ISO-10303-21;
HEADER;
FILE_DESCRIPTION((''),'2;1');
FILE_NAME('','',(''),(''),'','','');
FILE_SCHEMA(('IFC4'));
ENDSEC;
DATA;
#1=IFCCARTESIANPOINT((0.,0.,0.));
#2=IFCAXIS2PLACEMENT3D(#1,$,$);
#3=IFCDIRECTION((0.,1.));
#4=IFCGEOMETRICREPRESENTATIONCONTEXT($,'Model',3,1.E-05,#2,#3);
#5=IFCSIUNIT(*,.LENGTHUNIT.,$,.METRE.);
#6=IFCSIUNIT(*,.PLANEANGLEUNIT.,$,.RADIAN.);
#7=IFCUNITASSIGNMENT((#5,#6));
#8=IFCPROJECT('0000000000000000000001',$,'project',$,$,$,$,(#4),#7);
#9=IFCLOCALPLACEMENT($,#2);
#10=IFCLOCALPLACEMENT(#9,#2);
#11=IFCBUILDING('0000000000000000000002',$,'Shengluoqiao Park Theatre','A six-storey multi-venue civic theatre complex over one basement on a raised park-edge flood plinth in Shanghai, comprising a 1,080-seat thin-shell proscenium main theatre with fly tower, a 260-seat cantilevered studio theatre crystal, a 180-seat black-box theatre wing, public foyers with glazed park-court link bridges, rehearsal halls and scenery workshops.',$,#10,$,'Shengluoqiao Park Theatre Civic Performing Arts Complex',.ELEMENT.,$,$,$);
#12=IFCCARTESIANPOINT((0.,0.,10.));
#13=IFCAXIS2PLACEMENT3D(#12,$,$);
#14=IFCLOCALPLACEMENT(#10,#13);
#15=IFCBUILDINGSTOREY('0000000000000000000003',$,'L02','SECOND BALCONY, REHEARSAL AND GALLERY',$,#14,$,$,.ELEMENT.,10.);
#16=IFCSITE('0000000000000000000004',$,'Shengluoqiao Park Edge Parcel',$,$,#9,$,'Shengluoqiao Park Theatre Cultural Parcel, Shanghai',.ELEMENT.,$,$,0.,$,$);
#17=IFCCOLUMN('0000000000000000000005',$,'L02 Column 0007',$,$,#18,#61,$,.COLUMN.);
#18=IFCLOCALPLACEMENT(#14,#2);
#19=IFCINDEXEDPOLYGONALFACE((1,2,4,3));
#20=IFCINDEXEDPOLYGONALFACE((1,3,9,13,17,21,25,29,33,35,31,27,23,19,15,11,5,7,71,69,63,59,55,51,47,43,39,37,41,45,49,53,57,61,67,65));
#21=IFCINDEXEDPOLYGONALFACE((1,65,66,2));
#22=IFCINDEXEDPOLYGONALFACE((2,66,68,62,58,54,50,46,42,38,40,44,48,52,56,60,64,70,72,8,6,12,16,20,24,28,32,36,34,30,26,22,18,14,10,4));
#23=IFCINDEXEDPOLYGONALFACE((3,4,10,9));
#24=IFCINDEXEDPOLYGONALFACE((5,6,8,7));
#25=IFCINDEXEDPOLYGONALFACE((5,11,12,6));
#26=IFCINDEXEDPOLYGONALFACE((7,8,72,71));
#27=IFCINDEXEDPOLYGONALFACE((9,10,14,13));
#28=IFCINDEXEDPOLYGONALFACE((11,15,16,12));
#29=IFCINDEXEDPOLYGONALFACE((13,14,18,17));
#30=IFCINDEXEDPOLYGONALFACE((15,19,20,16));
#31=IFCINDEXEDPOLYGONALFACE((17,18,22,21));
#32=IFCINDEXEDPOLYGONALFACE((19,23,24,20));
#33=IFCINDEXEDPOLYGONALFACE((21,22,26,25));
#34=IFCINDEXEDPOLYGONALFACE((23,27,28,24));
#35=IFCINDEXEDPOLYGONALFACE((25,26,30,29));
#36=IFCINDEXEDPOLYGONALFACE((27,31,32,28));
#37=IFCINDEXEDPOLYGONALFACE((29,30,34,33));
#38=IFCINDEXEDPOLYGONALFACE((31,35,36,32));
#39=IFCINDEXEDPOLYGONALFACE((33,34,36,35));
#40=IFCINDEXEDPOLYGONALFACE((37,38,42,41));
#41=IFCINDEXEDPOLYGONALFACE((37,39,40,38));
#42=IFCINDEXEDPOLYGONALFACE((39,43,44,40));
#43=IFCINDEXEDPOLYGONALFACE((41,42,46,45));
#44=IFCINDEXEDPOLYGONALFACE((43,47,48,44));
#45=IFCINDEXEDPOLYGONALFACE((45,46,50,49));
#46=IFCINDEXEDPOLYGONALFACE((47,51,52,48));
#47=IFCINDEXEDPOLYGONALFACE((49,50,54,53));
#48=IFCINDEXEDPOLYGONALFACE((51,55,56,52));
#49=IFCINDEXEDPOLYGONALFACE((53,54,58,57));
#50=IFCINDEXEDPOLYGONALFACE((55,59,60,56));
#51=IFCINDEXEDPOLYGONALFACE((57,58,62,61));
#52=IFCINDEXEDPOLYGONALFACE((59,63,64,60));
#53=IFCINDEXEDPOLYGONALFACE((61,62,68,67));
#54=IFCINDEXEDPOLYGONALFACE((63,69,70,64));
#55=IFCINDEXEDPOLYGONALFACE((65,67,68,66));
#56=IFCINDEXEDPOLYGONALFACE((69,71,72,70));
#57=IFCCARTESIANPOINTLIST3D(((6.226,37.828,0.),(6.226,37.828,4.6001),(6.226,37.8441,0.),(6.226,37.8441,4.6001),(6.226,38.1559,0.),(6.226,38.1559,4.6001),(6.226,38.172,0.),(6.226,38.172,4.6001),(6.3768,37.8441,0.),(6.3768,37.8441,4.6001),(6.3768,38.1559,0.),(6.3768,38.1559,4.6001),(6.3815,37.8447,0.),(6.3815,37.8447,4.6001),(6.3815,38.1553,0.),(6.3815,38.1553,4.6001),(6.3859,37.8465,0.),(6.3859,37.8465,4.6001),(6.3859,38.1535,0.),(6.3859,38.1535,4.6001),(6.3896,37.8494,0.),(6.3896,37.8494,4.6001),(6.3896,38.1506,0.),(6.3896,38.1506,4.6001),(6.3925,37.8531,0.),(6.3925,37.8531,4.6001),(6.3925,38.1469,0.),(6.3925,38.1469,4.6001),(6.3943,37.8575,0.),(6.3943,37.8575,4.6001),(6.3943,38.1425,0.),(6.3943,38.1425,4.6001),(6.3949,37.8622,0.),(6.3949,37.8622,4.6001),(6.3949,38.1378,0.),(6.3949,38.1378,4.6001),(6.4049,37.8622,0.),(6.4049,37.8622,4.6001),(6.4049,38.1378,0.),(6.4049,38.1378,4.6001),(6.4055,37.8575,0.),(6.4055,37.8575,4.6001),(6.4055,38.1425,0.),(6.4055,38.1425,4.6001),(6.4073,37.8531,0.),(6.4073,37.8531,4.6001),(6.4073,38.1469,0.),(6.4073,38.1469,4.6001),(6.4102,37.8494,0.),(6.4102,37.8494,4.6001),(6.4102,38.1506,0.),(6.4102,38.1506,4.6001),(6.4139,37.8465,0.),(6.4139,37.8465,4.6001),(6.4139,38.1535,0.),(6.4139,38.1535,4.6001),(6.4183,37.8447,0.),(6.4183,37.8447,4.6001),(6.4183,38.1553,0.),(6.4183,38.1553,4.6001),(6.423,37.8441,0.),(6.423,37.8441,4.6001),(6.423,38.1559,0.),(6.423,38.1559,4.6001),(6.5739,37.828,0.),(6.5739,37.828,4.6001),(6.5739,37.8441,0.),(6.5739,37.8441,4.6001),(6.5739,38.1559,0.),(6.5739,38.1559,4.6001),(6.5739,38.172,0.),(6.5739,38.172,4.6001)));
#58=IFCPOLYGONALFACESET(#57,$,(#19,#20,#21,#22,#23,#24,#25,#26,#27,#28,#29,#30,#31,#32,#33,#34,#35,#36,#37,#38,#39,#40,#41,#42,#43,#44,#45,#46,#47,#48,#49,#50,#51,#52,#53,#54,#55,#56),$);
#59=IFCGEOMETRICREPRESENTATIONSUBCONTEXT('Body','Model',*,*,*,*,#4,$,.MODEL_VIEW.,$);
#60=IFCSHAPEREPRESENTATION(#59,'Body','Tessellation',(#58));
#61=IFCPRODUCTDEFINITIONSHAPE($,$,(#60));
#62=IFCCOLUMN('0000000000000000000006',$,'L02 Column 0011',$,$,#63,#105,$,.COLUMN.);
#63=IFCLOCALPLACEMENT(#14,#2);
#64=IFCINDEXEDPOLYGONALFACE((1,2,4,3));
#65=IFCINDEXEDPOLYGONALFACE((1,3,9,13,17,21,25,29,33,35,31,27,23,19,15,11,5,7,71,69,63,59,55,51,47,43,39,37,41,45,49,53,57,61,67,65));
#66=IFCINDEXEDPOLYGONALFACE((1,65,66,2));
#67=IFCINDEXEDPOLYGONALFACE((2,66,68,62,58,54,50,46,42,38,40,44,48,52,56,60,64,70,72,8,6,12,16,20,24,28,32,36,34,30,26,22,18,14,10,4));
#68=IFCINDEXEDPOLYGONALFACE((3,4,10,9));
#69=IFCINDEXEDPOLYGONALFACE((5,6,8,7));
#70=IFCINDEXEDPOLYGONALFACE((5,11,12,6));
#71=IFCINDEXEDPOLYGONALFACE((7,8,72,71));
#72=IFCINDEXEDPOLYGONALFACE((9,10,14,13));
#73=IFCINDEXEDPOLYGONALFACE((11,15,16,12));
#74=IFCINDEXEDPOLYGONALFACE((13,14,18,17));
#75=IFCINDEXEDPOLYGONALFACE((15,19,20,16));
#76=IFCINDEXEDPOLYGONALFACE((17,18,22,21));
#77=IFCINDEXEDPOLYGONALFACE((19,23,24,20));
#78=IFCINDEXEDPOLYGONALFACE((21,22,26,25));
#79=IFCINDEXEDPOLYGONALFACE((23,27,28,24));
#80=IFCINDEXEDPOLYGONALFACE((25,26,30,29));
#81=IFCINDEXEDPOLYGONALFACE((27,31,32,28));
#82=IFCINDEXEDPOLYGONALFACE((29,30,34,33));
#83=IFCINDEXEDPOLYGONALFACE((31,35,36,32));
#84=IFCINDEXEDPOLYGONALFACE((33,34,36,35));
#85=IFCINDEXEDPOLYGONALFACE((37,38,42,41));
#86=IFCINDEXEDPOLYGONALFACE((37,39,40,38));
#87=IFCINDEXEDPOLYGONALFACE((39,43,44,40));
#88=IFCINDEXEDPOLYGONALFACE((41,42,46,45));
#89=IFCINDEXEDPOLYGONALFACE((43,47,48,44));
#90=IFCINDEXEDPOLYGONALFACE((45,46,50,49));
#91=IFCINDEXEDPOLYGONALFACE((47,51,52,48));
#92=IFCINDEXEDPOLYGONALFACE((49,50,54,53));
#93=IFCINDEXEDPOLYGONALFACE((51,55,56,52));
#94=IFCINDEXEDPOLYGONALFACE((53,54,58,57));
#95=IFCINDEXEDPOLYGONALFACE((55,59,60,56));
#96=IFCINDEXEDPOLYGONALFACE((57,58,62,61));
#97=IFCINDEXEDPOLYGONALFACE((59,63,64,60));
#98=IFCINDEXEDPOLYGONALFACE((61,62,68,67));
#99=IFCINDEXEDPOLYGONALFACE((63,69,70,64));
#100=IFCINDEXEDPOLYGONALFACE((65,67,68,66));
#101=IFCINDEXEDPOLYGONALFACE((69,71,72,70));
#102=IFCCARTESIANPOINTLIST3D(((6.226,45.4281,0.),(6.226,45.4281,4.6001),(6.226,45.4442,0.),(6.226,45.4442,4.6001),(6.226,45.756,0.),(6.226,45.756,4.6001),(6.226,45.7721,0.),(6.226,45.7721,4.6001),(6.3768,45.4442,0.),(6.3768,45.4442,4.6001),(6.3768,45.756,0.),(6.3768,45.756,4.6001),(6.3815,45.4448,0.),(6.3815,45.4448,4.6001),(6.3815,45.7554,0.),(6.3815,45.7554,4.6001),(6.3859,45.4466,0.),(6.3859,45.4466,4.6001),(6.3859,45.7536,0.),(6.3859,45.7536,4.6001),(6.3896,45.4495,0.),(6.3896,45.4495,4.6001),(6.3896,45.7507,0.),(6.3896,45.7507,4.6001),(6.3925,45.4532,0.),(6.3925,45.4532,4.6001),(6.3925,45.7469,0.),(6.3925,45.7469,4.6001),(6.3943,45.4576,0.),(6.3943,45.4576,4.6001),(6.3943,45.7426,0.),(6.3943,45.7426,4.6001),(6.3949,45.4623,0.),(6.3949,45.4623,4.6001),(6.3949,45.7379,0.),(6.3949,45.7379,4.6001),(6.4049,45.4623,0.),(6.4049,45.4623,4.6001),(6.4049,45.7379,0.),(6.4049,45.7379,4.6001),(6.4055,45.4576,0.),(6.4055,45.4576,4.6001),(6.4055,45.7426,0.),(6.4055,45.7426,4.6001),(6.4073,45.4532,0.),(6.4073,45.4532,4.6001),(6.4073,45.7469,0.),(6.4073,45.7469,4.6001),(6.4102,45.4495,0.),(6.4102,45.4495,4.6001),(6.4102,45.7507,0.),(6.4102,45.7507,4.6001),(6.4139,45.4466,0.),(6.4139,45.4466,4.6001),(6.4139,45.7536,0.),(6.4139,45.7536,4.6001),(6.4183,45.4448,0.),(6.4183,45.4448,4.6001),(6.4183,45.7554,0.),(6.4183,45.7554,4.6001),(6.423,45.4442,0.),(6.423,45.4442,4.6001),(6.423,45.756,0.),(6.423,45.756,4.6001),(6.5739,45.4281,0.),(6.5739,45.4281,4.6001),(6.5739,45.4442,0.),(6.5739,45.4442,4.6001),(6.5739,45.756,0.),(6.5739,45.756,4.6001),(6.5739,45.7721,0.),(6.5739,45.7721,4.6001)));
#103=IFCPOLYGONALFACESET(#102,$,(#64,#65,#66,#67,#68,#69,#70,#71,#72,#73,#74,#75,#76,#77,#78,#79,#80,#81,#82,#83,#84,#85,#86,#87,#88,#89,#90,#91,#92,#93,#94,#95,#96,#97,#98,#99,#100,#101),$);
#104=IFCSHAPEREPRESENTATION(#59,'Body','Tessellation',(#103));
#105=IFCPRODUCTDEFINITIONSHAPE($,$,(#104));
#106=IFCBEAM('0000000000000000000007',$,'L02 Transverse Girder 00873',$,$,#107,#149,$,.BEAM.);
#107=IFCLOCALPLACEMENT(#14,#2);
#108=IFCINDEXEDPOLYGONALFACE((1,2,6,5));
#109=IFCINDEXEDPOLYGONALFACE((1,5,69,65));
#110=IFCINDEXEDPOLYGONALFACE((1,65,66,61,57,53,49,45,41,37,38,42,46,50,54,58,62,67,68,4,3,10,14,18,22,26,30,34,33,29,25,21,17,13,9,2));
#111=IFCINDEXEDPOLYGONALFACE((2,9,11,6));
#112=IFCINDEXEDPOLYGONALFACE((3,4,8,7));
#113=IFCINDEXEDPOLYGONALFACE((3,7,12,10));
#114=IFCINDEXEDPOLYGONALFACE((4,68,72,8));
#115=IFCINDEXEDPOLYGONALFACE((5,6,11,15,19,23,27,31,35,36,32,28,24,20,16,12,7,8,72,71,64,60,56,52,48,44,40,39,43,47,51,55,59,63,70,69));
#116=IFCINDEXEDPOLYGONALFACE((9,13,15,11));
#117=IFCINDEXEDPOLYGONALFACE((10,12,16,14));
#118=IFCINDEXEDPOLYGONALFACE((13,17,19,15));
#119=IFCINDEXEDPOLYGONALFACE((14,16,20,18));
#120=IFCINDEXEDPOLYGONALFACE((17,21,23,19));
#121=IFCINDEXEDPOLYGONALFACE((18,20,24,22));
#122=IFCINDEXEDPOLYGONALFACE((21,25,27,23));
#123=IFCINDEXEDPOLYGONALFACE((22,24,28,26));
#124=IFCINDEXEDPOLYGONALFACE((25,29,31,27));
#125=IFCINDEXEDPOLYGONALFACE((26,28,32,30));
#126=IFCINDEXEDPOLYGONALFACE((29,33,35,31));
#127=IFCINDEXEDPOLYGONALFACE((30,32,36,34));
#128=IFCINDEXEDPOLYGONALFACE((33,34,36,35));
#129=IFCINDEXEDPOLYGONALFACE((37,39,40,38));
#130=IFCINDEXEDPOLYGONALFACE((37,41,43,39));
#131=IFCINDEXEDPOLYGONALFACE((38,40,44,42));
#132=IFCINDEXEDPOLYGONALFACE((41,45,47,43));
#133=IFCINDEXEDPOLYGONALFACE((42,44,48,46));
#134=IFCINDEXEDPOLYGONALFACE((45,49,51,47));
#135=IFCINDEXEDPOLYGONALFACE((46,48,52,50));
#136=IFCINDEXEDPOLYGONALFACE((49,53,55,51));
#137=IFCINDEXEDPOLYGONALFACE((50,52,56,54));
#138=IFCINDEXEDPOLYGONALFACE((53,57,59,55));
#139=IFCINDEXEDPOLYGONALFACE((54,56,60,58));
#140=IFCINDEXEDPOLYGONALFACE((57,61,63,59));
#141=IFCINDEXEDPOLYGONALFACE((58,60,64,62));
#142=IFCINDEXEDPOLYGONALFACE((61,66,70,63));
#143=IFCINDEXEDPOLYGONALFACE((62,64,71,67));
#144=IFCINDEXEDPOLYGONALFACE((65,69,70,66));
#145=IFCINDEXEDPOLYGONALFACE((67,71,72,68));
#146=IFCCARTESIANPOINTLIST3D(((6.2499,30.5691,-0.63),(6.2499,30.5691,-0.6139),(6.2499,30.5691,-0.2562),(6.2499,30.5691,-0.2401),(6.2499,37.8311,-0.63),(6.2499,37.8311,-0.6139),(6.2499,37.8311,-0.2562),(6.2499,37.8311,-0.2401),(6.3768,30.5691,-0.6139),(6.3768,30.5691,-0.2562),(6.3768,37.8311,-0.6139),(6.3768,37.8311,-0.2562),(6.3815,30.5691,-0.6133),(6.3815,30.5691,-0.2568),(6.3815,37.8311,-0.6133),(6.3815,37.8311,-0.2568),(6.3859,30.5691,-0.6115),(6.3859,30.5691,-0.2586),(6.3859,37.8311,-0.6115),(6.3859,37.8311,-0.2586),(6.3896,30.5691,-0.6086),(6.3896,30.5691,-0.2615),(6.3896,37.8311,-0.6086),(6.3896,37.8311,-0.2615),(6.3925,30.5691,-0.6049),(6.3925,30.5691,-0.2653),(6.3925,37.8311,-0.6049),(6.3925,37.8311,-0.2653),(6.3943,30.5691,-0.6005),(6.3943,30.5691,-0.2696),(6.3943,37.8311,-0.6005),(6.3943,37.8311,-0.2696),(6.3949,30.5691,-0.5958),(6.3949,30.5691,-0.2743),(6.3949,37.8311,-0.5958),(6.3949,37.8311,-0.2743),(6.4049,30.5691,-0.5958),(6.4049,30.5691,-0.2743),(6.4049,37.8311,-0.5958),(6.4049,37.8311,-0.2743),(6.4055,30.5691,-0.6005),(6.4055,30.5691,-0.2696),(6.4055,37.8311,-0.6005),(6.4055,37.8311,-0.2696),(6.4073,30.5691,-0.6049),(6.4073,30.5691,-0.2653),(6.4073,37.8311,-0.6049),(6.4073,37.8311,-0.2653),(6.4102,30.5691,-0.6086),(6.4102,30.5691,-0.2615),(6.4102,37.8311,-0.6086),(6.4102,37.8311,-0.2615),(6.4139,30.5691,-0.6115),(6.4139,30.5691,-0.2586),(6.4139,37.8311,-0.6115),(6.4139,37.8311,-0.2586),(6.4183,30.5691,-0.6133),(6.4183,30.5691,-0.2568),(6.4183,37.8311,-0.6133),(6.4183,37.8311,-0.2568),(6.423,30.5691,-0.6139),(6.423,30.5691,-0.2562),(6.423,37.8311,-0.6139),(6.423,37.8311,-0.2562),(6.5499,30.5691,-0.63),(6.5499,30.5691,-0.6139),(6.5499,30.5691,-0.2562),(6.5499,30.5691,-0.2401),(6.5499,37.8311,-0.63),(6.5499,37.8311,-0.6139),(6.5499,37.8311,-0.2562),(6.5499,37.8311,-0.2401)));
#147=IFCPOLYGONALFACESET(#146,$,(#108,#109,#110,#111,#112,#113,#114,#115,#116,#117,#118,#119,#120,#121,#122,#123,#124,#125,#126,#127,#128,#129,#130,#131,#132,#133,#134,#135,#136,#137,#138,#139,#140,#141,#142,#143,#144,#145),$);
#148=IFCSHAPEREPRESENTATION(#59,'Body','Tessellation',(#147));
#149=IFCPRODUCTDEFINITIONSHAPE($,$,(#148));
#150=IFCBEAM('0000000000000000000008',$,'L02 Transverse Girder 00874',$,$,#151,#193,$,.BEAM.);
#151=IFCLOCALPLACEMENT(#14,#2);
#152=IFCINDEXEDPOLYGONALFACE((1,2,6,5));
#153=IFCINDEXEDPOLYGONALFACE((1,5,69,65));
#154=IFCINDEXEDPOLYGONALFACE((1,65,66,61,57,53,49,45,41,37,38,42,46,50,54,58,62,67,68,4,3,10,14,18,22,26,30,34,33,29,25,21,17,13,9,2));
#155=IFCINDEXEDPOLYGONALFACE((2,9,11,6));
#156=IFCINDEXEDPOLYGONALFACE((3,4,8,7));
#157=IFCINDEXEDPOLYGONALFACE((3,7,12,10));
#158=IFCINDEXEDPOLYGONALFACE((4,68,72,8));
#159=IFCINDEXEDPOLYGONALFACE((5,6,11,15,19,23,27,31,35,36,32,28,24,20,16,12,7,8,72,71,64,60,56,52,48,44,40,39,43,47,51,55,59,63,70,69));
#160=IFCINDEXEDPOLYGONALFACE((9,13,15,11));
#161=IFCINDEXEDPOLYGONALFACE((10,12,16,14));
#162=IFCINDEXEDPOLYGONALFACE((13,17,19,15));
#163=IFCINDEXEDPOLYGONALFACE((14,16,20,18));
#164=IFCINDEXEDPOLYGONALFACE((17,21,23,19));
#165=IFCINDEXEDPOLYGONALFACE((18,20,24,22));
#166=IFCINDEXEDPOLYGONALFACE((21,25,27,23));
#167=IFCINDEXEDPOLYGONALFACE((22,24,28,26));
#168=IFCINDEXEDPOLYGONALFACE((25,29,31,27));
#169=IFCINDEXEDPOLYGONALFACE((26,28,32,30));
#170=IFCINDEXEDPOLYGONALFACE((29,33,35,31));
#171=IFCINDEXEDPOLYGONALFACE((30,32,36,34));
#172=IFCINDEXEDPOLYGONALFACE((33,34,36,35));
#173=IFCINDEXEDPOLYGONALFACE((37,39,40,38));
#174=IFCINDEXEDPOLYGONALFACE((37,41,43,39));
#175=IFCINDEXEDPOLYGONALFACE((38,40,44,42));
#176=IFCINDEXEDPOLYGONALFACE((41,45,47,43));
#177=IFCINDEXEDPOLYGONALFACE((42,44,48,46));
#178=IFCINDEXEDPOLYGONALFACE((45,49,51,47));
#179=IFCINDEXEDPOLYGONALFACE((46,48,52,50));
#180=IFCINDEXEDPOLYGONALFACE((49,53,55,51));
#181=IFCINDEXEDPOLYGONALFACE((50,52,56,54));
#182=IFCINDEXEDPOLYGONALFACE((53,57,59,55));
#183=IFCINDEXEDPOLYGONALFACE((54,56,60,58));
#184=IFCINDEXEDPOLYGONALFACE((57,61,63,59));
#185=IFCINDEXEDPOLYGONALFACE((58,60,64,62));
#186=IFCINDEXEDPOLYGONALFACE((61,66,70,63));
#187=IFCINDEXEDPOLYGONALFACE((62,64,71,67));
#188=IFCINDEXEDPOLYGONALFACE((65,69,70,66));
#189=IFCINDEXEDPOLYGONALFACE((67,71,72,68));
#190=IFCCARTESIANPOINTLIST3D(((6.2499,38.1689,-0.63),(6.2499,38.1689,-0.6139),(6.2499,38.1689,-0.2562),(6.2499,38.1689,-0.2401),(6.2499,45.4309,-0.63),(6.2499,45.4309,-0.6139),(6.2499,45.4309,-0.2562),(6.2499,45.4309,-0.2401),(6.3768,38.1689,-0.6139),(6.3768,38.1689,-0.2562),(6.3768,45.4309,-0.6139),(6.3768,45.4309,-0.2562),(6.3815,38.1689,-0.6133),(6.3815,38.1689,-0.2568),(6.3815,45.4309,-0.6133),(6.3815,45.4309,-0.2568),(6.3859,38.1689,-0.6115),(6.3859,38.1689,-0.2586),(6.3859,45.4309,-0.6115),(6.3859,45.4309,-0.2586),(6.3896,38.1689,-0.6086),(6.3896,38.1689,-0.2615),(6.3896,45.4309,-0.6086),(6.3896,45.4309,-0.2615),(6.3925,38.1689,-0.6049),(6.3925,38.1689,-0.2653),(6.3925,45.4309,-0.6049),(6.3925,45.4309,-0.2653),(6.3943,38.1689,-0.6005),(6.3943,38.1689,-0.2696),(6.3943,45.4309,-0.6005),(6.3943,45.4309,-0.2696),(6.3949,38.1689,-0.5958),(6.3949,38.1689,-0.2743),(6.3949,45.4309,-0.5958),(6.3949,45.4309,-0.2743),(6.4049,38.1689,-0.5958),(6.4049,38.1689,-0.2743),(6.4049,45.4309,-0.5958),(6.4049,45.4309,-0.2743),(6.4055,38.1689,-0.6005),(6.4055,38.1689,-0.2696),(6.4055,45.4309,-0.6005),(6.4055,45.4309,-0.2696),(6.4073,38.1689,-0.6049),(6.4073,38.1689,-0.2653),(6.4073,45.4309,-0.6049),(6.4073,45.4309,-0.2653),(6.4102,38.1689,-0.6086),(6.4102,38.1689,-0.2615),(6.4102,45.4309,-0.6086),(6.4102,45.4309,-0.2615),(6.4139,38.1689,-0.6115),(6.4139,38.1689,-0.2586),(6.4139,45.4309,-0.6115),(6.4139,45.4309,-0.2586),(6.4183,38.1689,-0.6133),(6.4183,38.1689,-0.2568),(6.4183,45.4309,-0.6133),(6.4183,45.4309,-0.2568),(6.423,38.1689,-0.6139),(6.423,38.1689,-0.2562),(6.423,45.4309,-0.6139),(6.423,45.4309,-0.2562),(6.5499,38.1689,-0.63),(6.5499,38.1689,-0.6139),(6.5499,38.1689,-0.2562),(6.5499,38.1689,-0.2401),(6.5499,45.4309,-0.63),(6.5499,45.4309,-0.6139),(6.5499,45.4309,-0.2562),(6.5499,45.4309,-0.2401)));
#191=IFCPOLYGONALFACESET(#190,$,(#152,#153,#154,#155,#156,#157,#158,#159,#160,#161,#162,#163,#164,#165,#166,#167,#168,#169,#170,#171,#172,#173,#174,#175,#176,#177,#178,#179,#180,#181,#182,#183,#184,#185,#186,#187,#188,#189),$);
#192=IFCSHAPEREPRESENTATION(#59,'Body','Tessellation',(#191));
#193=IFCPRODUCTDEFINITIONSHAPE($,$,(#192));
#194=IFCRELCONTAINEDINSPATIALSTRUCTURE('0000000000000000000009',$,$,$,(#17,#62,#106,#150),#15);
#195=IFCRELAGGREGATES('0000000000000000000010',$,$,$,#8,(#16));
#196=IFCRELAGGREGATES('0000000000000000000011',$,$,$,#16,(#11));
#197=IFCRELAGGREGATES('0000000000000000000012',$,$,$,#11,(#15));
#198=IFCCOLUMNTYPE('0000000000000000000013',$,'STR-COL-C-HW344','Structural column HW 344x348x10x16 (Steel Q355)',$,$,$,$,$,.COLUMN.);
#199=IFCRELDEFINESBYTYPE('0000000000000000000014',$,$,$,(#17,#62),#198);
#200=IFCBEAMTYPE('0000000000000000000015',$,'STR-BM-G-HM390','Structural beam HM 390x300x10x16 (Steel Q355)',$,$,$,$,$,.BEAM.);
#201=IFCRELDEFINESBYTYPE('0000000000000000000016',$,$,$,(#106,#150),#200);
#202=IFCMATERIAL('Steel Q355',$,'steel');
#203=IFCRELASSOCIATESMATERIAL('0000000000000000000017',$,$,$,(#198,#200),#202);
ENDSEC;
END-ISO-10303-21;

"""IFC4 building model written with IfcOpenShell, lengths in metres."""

from ifc_helpers import new_model, si_unit, direction, frame, origin, origin_2d, place, context, subcontext, project, spatial, i_section, extrude, material, material_profile, profile_set, type_object, element, save


model = new_model("IFC4")

# Units and contexts
model_context = context("Model", 3, precision=1e-05, world=origin(), true_north=direction((0.0, 1.0)))
body_context = subcontext(model_context, "Body", "Model", "MODEL_VIEW")
ifc_project = project(units=[si_unit("LENGTHUNIT", "METRE"), si_unit("PLANEANGLEUNIT", "RADIAN")], contexts=[model_context])

# Site, building, storey
site_placement = place(None, origin())
site = spatial("IfcSite", under=ifc_project, at=site_placement, Name="Shengluoqiao Park Edge Parcel", LongName="Shengluoqiao Park Theatre Cultural Parcel, Shanghai", CompositionType="ELEMENT", RefElevation=0.0)
building_placement = place(site_placement, origin())
building = spatial("IfcBuilding", under=site, at=building_placement, Name="Shengluoqiao Park Theatre", Description="A six-storey multi-venue civic theatre complex over one basement on a raised park-edge flood plinth in Shanghai, comprising a 1,080-seat thin-shell proscenium main theatre with fly tower, a 260-seat cantilevered studio theatre crystal, a 180-seat black-box theatre wing, public foyers with glazed park-court link bridges, rehearsal halls and scenery workshops.", LongName="Shengluoqiao Park Theatre Civic Performing Arts Complex", CompositionType="ELEMENT")
storey_placement = place(building_placement, frame((0.0, 0.0, 10.0)))
storey = spatial("IfcBuildingStorey", under=building, at=storey_placement, Name="L02", Description="SECOND BALCONY, REHEARSAL AND GALLERY", CompositionType="ELEMENT", Elevation=10.0)

# Columns
ifc_material_1 = material(Name="Steel Q355", Category="steel")
ifc_material_profile_1 = material_profile(ifc_material_1, i_section(OverallWidth=0.3479, OverallDepth=0.344, WebThickness=0.01, FlangeThickness=0.0161, FilletRadius=0.0181, at=origin_2d()), Name="HW 344x348x10x16")
ifc_profile_set_1 = profile_set([ifc_material_profile_1], Name="Steel Q355")
column_type = type_object("IfcColumnType", Name="STR-COL-C-HW344", Description="Structural column HW 344x348x10x16 (Steel Q355)", PredefinedType="COLUMN", material=ifc_profile_set_1)
for number, where, z_axis, x_axis, name in (
    (1, (6.3999, 38.0, 0.0), (0.0, 0.0, 1.0), (1.0, 0.0, 0.0), "L02 Column 0007"),
    (2, (6.3999, 45.6001, 0.0), (0.0, 0.0, 1.0), (1.0, 0.0, 0.0), "L02 Column 0011"),
):
    element("IfcColumn", number, at=place(storey_placement, frame(where, z_axis=z_axis, x_axis=x_axis)), inside=storey, type_object=column_type, Name=name, PredefinedType="COLUMN", context=body_context, shape_type="SweptSolid", body=[
        extrude(i_section(OverallWidth=0.3479, OverallDepth=0.344, WebThickness=0.01, FlangeThickness=0.0161, FilletRadius=0.0181, at=origin_2d()), origin(), (0.0, 0.0, 1.0), 4.6001),
    ])

# Beams
ifc_material_profile_2 = material_profile(ifc_material_1, i_section(OverallWidth=0.3, OverallDepth=0.3899, WebThickness=0.01, FlangeThickness=0.0161, FilletRadius=0.0181, at=origin_2d()), Name="HM 390x300x10x16")
ifc_profile_set_2 = profile_set([ifc_material_profile_2], Name="Steel Q355")
beam_type_1 = type_object("IfcBeamType", Name="STR-BM-G-HM390", Description="Structural beam HM 390x300x10x16 (Steel Q355)", PredefinedType="BEAM", material=ifc_profile_set_2)
for number, where, z_axis, x_axis, name in (
    (3, (6.3999, 30.5691, -0.4351), (0.0, 1.0, 0.0), (-1.0, 0.0, 0.0), "L02 Transverse Girder 00873"),
    (4, (6.3999, 38.1689, -0.4351), (0.0, 1.0, 0.0), (-1.0, 0.0, 0.0), "L02 Transverse Girder 00874"),
):
    element("IfcBeam", number, at=place(storey_placement, frame(where, z_axis=z_axis, x_axis=x_axis)), inside=storey, type_object=beam_type_1, Name=name, PredefinedType="BEAM", context=body_context, shape_type="SweptSolid", body=[
        extrude(i_section(OverallWidth=0.3, OverallDepth=0.3899, WebThickness=0.01, FlangeThickness=0.0161, FilletRadius=0.0181, at=origin_2d()), origin(), (0.0, 0.0, 1.0), 7.262),
    ])

save(model, "model.ifc")
